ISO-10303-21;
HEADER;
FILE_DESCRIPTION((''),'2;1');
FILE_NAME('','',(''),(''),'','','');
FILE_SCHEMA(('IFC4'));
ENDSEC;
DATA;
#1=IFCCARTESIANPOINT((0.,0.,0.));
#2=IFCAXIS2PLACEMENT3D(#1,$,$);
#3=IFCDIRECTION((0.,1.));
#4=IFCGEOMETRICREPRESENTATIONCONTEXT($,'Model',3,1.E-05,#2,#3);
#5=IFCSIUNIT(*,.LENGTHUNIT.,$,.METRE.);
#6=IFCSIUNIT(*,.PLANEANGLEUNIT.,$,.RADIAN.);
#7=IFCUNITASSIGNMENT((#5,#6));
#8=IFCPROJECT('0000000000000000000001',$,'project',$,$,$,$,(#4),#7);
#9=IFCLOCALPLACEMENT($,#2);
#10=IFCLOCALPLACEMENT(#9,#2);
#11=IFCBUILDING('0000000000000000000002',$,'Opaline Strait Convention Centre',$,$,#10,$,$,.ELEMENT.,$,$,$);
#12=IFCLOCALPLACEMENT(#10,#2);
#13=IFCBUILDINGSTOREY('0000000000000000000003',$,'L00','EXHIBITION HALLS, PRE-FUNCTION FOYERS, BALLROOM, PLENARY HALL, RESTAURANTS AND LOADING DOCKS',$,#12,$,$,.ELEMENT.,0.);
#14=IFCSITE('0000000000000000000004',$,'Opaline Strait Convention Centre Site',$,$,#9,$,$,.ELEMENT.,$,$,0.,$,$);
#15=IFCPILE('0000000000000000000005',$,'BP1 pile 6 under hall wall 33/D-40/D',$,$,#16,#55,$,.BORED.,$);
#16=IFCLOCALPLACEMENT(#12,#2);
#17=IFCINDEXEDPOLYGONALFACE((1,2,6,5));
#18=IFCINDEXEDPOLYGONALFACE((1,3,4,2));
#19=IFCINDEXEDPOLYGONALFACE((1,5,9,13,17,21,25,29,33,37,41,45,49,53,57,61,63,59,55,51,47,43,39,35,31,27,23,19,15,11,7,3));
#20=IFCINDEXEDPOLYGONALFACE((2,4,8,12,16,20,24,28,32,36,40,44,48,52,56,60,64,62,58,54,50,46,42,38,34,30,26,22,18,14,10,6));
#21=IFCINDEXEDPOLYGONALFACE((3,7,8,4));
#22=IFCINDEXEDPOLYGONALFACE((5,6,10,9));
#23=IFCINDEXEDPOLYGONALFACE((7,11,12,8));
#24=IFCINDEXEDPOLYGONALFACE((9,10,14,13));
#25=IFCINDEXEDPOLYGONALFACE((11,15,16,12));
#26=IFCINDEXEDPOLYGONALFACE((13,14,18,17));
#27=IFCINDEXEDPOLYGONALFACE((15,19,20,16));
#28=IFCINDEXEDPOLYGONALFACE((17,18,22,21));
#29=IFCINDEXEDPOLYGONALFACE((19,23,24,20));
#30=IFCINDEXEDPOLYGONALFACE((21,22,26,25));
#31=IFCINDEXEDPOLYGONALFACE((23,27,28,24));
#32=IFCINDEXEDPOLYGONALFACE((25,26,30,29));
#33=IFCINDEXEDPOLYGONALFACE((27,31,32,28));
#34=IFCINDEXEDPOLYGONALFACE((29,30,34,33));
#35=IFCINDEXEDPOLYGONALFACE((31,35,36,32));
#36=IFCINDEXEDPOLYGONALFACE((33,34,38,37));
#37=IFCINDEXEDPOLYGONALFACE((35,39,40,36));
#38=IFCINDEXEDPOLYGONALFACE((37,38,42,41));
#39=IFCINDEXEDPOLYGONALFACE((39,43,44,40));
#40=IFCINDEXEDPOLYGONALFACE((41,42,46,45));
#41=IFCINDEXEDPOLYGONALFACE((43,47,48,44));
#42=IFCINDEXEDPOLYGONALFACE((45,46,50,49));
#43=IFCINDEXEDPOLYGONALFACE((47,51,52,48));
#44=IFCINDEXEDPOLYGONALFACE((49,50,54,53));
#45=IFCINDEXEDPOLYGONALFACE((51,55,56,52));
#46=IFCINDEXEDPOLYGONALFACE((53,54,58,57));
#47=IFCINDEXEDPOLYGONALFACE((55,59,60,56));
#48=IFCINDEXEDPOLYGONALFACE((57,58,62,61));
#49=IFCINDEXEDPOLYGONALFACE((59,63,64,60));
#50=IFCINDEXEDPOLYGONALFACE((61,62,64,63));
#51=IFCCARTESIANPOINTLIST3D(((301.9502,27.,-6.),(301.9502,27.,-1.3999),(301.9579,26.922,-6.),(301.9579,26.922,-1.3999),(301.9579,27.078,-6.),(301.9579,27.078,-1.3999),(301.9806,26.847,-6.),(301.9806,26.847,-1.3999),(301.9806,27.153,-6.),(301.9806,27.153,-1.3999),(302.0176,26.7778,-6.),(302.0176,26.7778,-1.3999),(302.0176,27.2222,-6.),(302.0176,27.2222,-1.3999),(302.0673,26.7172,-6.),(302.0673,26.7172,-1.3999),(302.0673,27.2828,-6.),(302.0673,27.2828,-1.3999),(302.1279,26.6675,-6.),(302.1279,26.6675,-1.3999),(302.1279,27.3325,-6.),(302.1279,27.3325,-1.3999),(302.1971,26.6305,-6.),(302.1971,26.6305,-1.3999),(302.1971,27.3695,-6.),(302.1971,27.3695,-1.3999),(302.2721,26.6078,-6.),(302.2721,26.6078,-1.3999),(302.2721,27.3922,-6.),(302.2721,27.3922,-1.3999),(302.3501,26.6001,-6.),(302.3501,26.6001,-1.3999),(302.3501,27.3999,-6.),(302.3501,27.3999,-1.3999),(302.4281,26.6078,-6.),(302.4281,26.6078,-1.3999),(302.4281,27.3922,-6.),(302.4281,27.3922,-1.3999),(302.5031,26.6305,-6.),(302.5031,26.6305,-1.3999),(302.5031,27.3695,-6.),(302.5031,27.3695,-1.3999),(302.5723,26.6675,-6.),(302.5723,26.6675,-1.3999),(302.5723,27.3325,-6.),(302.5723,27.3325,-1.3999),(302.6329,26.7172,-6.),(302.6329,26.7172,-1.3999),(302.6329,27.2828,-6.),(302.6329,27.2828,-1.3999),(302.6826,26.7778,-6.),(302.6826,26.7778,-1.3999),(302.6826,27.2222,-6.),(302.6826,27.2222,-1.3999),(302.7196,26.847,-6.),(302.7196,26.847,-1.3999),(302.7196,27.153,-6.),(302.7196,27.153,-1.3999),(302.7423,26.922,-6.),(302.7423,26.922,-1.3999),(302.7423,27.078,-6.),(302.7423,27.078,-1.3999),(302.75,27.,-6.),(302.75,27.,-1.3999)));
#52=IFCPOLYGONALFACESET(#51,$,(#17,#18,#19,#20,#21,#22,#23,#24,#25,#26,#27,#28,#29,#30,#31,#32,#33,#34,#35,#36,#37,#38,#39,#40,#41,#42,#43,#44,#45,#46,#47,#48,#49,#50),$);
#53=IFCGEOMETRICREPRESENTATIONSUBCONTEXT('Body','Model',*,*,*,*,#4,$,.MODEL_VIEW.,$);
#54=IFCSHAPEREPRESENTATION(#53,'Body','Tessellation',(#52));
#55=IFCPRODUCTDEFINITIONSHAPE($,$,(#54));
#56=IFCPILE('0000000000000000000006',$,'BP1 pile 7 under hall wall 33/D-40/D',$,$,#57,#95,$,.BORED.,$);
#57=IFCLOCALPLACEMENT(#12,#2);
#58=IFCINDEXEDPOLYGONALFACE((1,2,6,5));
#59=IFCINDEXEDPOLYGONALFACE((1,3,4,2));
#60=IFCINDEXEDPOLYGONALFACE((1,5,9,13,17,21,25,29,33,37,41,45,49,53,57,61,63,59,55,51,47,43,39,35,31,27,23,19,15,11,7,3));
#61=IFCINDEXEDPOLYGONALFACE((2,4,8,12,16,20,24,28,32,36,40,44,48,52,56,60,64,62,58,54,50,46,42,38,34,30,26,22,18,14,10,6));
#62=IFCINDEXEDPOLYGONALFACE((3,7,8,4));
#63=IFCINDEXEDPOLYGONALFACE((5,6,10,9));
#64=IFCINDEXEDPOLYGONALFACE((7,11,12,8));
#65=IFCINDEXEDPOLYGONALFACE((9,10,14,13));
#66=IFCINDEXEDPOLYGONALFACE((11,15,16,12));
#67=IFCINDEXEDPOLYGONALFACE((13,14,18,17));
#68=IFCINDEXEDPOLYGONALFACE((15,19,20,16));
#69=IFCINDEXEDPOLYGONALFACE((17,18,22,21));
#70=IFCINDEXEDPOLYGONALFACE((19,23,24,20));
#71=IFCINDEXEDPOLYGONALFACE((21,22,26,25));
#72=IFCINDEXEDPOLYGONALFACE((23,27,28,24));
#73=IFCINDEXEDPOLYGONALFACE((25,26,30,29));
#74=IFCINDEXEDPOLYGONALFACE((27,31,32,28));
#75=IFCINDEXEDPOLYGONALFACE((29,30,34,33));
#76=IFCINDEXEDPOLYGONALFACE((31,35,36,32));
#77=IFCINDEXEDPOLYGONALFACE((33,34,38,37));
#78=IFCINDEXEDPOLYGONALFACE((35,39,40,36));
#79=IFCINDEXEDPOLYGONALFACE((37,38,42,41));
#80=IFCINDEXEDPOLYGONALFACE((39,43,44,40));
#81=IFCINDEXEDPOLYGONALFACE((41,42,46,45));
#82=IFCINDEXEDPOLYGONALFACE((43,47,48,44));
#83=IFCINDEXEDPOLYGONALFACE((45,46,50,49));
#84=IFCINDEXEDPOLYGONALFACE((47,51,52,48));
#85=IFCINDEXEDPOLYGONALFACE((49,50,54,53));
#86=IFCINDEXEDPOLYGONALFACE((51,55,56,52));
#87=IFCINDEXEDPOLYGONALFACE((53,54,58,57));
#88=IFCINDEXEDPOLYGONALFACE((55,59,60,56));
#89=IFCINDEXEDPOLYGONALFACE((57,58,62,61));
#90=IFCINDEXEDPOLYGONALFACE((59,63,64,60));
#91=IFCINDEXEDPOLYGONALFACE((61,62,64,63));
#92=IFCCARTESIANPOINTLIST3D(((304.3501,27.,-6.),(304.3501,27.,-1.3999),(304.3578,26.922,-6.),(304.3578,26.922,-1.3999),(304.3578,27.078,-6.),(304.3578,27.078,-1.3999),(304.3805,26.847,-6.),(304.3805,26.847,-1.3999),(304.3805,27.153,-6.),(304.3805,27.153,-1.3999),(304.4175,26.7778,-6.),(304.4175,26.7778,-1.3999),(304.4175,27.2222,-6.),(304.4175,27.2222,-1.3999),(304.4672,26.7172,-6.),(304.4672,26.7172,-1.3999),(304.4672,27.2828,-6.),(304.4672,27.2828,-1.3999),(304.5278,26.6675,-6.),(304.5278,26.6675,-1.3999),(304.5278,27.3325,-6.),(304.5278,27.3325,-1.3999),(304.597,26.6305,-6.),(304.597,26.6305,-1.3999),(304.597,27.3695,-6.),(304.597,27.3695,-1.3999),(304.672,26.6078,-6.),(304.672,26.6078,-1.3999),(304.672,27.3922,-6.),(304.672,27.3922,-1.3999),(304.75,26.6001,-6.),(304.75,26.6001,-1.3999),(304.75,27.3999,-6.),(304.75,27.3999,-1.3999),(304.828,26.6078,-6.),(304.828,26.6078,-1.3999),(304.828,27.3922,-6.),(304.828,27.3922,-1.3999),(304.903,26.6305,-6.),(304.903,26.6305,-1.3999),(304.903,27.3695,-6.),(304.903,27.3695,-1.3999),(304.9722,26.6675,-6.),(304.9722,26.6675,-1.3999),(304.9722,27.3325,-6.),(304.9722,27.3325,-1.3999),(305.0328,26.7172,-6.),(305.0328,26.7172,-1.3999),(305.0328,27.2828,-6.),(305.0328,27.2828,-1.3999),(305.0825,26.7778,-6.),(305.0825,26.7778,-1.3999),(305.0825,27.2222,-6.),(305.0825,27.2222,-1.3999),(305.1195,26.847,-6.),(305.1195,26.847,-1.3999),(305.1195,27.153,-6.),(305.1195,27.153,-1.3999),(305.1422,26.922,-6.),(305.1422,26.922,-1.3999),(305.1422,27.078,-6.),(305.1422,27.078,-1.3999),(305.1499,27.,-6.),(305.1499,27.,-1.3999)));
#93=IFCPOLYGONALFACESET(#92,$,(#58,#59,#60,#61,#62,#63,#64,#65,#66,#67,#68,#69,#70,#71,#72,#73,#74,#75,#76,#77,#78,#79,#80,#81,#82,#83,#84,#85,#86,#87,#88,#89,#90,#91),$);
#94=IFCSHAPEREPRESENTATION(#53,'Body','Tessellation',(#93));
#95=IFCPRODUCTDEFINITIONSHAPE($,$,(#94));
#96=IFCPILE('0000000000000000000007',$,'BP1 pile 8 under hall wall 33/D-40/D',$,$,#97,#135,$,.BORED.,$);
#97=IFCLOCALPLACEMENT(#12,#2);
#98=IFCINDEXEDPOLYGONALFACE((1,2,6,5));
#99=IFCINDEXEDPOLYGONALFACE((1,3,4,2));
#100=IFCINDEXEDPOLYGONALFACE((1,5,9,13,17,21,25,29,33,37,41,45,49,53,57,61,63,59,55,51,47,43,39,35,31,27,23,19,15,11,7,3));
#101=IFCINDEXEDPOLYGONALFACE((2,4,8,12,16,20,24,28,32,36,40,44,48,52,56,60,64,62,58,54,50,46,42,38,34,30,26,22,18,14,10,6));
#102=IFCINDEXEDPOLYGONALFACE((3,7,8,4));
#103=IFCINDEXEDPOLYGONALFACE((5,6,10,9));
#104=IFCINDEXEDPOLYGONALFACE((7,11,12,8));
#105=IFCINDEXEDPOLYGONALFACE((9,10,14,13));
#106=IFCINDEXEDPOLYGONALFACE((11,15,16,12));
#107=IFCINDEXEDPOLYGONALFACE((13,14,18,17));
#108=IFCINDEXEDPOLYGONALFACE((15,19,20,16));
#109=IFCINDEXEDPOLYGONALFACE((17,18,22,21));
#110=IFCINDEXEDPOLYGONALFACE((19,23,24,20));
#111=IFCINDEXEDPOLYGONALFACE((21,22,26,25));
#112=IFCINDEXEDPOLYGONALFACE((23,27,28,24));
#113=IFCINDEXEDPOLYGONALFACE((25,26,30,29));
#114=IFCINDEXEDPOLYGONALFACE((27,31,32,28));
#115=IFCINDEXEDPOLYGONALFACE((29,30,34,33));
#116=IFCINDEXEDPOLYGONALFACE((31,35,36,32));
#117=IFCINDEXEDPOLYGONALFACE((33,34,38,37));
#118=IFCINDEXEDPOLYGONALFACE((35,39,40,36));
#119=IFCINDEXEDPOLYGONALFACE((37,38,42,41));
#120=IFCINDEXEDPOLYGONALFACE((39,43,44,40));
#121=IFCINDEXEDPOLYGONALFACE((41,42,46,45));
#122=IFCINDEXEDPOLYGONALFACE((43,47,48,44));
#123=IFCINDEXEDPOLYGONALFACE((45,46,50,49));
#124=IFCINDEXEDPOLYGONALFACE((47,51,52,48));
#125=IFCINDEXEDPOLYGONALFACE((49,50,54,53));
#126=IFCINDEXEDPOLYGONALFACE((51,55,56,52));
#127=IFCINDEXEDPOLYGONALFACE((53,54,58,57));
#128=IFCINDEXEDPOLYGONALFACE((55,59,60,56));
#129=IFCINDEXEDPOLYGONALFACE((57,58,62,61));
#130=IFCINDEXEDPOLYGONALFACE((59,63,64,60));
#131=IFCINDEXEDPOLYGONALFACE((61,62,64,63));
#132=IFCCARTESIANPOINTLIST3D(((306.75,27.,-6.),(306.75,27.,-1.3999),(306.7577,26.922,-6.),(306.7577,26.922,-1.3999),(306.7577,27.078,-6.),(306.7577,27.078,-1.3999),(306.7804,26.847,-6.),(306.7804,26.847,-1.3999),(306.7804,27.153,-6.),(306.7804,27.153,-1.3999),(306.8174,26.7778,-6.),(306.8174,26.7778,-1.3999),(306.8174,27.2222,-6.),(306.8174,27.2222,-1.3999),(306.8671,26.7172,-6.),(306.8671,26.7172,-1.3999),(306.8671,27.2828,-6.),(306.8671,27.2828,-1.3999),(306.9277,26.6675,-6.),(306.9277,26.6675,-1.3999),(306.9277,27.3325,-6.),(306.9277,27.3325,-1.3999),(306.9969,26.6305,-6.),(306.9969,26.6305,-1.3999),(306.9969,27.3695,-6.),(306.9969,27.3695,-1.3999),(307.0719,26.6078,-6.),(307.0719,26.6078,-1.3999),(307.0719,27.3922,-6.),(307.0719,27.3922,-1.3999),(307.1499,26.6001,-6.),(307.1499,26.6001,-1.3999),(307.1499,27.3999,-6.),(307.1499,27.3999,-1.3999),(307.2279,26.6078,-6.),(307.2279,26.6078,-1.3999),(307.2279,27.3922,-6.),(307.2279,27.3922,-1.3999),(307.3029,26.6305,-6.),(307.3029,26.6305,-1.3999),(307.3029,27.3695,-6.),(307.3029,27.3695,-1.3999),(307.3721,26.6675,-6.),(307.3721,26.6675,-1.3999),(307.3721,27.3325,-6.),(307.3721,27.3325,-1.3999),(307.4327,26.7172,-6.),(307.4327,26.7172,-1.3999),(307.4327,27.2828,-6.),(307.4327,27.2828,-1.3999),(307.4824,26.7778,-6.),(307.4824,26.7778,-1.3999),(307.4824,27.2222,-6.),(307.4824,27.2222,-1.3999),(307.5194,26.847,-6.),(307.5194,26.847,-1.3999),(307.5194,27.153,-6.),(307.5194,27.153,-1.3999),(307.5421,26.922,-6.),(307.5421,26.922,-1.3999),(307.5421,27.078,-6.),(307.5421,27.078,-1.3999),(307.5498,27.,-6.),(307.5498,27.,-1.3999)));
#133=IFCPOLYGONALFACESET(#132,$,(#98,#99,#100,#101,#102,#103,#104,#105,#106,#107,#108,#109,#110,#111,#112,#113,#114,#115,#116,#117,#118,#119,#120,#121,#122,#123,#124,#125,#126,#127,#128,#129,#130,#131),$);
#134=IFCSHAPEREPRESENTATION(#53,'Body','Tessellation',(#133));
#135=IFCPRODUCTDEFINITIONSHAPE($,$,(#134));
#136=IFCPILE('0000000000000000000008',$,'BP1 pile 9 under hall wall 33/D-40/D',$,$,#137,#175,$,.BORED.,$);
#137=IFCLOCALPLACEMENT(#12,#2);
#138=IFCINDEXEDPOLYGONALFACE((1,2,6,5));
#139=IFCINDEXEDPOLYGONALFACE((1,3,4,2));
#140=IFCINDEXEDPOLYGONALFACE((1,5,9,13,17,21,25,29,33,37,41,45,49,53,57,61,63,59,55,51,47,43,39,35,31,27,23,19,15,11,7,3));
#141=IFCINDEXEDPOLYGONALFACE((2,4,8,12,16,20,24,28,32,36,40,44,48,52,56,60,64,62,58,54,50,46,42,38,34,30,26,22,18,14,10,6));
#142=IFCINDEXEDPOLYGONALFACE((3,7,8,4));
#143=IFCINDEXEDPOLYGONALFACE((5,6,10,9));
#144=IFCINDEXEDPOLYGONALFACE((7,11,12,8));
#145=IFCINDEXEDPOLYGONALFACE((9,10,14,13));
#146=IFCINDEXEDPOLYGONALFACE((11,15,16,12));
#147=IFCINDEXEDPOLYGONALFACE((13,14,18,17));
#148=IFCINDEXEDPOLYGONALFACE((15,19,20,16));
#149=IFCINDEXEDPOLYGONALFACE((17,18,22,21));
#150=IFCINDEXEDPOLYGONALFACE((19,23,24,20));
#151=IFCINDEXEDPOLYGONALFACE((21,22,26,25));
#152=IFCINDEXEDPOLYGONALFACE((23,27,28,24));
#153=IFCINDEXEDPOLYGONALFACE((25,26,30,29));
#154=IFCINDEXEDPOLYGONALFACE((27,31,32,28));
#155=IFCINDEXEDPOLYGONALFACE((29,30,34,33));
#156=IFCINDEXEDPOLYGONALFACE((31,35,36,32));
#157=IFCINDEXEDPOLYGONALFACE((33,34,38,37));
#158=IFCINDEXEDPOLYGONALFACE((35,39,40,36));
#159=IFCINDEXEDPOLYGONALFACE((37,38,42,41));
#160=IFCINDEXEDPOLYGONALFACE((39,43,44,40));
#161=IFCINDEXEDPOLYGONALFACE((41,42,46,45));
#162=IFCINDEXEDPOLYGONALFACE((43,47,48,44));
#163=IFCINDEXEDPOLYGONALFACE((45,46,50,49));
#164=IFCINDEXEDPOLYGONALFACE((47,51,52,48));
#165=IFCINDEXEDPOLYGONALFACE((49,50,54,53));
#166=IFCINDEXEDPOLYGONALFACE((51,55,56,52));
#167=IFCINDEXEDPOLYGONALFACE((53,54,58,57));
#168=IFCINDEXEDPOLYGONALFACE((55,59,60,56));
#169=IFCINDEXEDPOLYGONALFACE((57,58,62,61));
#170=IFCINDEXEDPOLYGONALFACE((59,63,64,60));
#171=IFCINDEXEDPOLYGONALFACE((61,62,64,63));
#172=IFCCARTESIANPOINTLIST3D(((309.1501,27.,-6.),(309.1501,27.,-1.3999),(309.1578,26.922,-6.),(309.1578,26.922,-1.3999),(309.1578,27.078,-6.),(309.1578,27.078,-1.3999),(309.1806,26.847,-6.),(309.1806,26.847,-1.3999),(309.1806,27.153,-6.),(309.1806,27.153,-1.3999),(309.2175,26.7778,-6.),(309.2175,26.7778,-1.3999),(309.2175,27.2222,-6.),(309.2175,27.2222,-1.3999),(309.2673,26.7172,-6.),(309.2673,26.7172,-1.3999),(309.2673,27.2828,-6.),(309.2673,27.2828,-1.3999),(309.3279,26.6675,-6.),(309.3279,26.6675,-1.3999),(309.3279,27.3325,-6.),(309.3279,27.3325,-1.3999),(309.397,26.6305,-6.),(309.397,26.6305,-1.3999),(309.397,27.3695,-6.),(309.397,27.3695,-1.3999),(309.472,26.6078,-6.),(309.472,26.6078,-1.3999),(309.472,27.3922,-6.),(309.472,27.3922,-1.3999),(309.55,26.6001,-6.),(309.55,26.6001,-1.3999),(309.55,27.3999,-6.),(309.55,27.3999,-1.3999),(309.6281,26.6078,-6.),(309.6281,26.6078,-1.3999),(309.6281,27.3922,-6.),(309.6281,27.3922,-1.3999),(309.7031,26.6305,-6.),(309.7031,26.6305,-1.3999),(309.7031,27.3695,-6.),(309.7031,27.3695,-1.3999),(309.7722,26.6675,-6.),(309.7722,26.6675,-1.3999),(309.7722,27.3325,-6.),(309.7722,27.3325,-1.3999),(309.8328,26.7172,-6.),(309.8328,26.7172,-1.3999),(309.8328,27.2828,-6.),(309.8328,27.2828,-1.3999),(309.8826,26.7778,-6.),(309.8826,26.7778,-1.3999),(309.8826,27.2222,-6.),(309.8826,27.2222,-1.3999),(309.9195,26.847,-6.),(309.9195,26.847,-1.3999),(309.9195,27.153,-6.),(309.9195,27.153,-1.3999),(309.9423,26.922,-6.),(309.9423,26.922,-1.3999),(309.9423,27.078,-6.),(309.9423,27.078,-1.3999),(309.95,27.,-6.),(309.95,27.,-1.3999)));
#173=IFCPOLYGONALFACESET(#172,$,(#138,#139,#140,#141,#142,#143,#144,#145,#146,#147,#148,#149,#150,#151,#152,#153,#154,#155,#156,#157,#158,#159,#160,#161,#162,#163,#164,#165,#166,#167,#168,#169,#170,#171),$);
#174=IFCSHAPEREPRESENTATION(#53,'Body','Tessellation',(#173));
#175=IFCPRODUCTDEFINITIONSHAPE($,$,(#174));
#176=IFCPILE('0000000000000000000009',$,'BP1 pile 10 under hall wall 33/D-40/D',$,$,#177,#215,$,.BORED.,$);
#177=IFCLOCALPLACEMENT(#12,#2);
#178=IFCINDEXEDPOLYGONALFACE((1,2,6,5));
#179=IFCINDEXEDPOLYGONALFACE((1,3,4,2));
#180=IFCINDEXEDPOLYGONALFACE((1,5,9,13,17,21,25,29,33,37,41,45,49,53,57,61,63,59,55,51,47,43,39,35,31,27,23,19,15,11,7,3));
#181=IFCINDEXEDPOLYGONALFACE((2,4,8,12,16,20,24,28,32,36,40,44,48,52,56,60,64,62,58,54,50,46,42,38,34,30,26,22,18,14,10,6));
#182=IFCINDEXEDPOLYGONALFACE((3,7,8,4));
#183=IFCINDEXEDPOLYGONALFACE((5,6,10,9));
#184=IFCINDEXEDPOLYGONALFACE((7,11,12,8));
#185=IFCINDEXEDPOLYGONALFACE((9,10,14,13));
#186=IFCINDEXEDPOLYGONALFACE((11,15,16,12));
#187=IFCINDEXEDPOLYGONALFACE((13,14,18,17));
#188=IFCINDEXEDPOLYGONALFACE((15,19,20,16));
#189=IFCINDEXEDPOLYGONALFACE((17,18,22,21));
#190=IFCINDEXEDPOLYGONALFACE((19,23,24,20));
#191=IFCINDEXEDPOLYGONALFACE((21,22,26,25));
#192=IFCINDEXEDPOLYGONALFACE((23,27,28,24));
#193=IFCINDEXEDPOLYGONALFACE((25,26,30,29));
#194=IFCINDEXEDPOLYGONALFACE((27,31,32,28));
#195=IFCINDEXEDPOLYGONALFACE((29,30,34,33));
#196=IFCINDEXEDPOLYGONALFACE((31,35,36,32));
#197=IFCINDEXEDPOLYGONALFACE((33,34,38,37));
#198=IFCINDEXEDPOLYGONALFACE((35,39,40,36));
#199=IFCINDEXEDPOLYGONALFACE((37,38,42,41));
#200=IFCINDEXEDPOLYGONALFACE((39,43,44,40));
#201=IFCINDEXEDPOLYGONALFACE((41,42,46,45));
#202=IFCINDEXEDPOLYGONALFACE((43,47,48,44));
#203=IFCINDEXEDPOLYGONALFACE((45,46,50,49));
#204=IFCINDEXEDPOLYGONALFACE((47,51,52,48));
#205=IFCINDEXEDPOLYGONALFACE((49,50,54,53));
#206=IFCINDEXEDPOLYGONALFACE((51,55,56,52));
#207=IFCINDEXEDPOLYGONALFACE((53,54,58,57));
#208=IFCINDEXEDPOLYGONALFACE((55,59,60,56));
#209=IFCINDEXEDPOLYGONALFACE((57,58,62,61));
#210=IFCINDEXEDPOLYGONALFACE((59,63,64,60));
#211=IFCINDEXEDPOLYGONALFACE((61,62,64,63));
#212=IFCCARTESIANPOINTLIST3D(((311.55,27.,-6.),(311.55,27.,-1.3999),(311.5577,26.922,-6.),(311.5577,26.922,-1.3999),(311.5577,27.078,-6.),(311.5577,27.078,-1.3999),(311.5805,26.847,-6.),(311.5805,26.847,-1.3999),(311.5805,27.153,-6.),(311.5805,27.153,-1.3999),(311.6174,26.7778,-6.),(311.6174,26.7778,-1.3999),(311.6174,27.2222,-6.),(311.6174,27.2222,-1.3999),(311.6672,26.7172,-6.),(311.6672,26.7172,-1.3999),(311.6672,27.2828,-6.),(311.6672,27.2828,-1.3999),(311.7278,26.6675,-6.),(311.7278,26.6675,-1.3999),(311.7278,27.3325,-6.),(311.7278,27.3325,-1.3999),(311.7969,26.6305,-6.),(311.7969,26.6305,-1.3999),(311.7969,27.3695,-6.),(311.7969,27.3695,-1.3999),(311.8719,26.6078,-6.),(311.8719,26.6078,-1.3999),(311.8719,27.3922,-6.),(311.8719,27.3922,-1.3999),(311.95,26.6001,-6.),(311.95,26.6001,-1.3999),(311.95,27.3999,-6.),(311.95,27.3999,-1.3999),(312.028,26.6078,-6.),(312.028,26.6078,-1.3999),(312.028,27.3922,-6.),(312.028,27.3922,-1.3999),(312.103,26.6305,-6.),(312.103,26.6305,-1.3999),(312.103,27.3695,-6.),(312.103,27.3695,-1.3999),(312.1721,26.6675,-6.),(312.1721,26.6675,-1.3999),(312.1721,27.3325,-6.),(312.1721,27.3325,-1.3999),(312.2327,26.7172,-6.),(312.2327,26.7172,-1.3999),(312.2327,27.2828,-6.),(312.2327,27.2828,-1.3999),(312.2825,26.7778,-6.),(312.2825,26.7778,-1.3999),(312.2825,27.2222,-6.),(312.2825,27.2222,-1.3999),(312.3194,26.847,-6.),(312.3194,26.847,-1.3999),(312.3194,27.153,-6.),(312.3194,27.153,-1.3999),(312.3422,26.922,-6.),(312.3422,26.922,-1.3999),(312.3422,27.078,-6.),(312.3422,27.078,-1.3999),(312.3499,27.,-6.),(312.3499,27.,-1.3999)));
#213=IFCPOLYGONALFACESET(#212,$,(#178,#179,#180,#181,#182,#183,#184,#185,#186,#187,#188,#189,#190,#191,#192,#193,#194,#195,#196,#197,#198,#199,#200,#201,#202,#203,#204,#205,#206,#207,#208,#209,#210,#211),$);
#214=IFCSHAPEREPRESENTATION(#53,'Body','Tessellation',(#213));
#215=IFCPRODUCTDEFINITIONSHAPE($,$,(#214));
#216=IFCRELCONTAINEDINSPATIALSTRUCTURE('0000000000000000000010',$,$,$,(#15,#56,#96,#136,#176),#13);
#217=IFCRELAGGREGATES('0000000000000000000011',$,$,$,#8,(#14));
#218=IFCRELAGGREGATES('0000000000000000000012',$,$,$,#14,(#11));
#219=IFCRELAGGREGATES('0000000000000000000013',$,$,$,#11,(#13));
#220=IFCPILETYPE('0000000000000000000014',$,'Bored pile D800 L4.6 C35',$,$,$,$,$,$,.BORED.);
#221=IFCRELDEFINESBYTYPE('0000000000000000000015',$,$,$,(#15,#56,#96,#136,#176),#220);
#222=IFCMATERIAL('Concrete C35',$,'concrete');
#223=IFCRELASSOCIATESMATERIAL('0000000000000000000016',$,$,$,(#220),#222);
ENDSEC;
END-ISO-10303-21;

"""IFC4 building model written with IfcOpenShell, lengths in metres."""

from ifc_helpers import new_model, si_unit, direction, frame, origin, origin_2d, place, context, subcontext, project, spatial, circle, extrude, material, material_profile, profile_set, type_object, element, save


model = new_model("IFC4")

# Units and contexts
model_context = context("Model", 3, precision=1e-05, world=origin(), true_north=direction((0.0, 1.0)))
body_context = subcontext(model_context, "Body", "Model", "MODEL_VIEW")
ifc_project = project(units=[si_unit("LENGTHUNIT", "METRE"), si_unit("PLANEANGLEUNIT", "RADIAN")], contexts=[model_context])

# Site, building, storey
site_placement = place(None, origin())
site = spatial("IfcSite", under=ifc_project, at=site_placement, Name="Opaline Strait Convention Centre Site", CompositionType="ELEMENT", RefElevation=0.0)
building_placement = place(site_placement, origin())
building = spatial("IfcBuilding", under=site, at=building_placement, Name="Opaline Strait Convention Centre", CompositionType="ELEMENT")
storey_placement = place(building_placement, origin())
storey = spatial("IfcBuildingStorey", under=building, at=storey_placement, Name="L00", Description="EXHIBITION HALLS, PRE-FUNCTION FOYERS, BALLROOM, PLENARY HALL, RESTAURANTS AND LOADING DOCKS", CompositionType="ELEMENT", Elevation=0.0)

# Piles
ifc_material_1 = material(Name="Concrete C35", Category="concrete")
ifc_material_profile = material_profile(ifc_material_1, circle(Radius=0.3999, at=origin_2d()), Name="D800")
ifc_profile_set = profile_set([ifc_material_profile], Name="Concrete C35")
pile_type = type_object("IfcPileType", Name="Bored pile D800 L4.6 C35", PredefinedType="BORED", material=ifc_profile_set)
for number, where, z_axis, x_axis, name in (
    (1, (302.3501, 27.0, -1.3999), (0.0, 0.0, -1.0), (1.0, 0.0, 0.0), "BP1 pile 6 under hall wall 33/D-40/D"),
    (2, (304.75, 27.0, -1.3999), (0.0, 0.0, -1.0), (1.0, 0.0, 0.0), "BP1 pile 7 under hall wall 33/D-40/D"),
    (3, (307.1499, 27.0, -1.3999), (0.0, 0.0, -1.0), (1.0, 0.0, 0.0), "BP1 pile 8 under hall wall 33/D-40/D"),
    (4, (309.55, 27.0, -1.3999), (0.0, 0.0, -1.0), (1.0, 0.0, 0.0), "BP1 pile 9 under hall wall 33/D-40/D"),
    (5, (311.95, 27.0, -1.3999), (0.0, 0.0, -1.0), (1.0, 0.0, 0.0), "BP1 pile 10 under hall wall 33/D-40/D"),
):
    element("IfcPile", number, at=place(storey_placement, frame(where, z_axis=z_axis, x_axis=x_axis)), inside=storey, type_object=pile_type, Name=name, PredefinedType="BORED", context=body_context, shape_type="SweptSolid", body=[
        extrude(circle(Radius=0.3999, at=origin_2d()), origin(), (0.0, 0.0, 1.0), 4.6001),
    ])

save(model, "model.ifc")
